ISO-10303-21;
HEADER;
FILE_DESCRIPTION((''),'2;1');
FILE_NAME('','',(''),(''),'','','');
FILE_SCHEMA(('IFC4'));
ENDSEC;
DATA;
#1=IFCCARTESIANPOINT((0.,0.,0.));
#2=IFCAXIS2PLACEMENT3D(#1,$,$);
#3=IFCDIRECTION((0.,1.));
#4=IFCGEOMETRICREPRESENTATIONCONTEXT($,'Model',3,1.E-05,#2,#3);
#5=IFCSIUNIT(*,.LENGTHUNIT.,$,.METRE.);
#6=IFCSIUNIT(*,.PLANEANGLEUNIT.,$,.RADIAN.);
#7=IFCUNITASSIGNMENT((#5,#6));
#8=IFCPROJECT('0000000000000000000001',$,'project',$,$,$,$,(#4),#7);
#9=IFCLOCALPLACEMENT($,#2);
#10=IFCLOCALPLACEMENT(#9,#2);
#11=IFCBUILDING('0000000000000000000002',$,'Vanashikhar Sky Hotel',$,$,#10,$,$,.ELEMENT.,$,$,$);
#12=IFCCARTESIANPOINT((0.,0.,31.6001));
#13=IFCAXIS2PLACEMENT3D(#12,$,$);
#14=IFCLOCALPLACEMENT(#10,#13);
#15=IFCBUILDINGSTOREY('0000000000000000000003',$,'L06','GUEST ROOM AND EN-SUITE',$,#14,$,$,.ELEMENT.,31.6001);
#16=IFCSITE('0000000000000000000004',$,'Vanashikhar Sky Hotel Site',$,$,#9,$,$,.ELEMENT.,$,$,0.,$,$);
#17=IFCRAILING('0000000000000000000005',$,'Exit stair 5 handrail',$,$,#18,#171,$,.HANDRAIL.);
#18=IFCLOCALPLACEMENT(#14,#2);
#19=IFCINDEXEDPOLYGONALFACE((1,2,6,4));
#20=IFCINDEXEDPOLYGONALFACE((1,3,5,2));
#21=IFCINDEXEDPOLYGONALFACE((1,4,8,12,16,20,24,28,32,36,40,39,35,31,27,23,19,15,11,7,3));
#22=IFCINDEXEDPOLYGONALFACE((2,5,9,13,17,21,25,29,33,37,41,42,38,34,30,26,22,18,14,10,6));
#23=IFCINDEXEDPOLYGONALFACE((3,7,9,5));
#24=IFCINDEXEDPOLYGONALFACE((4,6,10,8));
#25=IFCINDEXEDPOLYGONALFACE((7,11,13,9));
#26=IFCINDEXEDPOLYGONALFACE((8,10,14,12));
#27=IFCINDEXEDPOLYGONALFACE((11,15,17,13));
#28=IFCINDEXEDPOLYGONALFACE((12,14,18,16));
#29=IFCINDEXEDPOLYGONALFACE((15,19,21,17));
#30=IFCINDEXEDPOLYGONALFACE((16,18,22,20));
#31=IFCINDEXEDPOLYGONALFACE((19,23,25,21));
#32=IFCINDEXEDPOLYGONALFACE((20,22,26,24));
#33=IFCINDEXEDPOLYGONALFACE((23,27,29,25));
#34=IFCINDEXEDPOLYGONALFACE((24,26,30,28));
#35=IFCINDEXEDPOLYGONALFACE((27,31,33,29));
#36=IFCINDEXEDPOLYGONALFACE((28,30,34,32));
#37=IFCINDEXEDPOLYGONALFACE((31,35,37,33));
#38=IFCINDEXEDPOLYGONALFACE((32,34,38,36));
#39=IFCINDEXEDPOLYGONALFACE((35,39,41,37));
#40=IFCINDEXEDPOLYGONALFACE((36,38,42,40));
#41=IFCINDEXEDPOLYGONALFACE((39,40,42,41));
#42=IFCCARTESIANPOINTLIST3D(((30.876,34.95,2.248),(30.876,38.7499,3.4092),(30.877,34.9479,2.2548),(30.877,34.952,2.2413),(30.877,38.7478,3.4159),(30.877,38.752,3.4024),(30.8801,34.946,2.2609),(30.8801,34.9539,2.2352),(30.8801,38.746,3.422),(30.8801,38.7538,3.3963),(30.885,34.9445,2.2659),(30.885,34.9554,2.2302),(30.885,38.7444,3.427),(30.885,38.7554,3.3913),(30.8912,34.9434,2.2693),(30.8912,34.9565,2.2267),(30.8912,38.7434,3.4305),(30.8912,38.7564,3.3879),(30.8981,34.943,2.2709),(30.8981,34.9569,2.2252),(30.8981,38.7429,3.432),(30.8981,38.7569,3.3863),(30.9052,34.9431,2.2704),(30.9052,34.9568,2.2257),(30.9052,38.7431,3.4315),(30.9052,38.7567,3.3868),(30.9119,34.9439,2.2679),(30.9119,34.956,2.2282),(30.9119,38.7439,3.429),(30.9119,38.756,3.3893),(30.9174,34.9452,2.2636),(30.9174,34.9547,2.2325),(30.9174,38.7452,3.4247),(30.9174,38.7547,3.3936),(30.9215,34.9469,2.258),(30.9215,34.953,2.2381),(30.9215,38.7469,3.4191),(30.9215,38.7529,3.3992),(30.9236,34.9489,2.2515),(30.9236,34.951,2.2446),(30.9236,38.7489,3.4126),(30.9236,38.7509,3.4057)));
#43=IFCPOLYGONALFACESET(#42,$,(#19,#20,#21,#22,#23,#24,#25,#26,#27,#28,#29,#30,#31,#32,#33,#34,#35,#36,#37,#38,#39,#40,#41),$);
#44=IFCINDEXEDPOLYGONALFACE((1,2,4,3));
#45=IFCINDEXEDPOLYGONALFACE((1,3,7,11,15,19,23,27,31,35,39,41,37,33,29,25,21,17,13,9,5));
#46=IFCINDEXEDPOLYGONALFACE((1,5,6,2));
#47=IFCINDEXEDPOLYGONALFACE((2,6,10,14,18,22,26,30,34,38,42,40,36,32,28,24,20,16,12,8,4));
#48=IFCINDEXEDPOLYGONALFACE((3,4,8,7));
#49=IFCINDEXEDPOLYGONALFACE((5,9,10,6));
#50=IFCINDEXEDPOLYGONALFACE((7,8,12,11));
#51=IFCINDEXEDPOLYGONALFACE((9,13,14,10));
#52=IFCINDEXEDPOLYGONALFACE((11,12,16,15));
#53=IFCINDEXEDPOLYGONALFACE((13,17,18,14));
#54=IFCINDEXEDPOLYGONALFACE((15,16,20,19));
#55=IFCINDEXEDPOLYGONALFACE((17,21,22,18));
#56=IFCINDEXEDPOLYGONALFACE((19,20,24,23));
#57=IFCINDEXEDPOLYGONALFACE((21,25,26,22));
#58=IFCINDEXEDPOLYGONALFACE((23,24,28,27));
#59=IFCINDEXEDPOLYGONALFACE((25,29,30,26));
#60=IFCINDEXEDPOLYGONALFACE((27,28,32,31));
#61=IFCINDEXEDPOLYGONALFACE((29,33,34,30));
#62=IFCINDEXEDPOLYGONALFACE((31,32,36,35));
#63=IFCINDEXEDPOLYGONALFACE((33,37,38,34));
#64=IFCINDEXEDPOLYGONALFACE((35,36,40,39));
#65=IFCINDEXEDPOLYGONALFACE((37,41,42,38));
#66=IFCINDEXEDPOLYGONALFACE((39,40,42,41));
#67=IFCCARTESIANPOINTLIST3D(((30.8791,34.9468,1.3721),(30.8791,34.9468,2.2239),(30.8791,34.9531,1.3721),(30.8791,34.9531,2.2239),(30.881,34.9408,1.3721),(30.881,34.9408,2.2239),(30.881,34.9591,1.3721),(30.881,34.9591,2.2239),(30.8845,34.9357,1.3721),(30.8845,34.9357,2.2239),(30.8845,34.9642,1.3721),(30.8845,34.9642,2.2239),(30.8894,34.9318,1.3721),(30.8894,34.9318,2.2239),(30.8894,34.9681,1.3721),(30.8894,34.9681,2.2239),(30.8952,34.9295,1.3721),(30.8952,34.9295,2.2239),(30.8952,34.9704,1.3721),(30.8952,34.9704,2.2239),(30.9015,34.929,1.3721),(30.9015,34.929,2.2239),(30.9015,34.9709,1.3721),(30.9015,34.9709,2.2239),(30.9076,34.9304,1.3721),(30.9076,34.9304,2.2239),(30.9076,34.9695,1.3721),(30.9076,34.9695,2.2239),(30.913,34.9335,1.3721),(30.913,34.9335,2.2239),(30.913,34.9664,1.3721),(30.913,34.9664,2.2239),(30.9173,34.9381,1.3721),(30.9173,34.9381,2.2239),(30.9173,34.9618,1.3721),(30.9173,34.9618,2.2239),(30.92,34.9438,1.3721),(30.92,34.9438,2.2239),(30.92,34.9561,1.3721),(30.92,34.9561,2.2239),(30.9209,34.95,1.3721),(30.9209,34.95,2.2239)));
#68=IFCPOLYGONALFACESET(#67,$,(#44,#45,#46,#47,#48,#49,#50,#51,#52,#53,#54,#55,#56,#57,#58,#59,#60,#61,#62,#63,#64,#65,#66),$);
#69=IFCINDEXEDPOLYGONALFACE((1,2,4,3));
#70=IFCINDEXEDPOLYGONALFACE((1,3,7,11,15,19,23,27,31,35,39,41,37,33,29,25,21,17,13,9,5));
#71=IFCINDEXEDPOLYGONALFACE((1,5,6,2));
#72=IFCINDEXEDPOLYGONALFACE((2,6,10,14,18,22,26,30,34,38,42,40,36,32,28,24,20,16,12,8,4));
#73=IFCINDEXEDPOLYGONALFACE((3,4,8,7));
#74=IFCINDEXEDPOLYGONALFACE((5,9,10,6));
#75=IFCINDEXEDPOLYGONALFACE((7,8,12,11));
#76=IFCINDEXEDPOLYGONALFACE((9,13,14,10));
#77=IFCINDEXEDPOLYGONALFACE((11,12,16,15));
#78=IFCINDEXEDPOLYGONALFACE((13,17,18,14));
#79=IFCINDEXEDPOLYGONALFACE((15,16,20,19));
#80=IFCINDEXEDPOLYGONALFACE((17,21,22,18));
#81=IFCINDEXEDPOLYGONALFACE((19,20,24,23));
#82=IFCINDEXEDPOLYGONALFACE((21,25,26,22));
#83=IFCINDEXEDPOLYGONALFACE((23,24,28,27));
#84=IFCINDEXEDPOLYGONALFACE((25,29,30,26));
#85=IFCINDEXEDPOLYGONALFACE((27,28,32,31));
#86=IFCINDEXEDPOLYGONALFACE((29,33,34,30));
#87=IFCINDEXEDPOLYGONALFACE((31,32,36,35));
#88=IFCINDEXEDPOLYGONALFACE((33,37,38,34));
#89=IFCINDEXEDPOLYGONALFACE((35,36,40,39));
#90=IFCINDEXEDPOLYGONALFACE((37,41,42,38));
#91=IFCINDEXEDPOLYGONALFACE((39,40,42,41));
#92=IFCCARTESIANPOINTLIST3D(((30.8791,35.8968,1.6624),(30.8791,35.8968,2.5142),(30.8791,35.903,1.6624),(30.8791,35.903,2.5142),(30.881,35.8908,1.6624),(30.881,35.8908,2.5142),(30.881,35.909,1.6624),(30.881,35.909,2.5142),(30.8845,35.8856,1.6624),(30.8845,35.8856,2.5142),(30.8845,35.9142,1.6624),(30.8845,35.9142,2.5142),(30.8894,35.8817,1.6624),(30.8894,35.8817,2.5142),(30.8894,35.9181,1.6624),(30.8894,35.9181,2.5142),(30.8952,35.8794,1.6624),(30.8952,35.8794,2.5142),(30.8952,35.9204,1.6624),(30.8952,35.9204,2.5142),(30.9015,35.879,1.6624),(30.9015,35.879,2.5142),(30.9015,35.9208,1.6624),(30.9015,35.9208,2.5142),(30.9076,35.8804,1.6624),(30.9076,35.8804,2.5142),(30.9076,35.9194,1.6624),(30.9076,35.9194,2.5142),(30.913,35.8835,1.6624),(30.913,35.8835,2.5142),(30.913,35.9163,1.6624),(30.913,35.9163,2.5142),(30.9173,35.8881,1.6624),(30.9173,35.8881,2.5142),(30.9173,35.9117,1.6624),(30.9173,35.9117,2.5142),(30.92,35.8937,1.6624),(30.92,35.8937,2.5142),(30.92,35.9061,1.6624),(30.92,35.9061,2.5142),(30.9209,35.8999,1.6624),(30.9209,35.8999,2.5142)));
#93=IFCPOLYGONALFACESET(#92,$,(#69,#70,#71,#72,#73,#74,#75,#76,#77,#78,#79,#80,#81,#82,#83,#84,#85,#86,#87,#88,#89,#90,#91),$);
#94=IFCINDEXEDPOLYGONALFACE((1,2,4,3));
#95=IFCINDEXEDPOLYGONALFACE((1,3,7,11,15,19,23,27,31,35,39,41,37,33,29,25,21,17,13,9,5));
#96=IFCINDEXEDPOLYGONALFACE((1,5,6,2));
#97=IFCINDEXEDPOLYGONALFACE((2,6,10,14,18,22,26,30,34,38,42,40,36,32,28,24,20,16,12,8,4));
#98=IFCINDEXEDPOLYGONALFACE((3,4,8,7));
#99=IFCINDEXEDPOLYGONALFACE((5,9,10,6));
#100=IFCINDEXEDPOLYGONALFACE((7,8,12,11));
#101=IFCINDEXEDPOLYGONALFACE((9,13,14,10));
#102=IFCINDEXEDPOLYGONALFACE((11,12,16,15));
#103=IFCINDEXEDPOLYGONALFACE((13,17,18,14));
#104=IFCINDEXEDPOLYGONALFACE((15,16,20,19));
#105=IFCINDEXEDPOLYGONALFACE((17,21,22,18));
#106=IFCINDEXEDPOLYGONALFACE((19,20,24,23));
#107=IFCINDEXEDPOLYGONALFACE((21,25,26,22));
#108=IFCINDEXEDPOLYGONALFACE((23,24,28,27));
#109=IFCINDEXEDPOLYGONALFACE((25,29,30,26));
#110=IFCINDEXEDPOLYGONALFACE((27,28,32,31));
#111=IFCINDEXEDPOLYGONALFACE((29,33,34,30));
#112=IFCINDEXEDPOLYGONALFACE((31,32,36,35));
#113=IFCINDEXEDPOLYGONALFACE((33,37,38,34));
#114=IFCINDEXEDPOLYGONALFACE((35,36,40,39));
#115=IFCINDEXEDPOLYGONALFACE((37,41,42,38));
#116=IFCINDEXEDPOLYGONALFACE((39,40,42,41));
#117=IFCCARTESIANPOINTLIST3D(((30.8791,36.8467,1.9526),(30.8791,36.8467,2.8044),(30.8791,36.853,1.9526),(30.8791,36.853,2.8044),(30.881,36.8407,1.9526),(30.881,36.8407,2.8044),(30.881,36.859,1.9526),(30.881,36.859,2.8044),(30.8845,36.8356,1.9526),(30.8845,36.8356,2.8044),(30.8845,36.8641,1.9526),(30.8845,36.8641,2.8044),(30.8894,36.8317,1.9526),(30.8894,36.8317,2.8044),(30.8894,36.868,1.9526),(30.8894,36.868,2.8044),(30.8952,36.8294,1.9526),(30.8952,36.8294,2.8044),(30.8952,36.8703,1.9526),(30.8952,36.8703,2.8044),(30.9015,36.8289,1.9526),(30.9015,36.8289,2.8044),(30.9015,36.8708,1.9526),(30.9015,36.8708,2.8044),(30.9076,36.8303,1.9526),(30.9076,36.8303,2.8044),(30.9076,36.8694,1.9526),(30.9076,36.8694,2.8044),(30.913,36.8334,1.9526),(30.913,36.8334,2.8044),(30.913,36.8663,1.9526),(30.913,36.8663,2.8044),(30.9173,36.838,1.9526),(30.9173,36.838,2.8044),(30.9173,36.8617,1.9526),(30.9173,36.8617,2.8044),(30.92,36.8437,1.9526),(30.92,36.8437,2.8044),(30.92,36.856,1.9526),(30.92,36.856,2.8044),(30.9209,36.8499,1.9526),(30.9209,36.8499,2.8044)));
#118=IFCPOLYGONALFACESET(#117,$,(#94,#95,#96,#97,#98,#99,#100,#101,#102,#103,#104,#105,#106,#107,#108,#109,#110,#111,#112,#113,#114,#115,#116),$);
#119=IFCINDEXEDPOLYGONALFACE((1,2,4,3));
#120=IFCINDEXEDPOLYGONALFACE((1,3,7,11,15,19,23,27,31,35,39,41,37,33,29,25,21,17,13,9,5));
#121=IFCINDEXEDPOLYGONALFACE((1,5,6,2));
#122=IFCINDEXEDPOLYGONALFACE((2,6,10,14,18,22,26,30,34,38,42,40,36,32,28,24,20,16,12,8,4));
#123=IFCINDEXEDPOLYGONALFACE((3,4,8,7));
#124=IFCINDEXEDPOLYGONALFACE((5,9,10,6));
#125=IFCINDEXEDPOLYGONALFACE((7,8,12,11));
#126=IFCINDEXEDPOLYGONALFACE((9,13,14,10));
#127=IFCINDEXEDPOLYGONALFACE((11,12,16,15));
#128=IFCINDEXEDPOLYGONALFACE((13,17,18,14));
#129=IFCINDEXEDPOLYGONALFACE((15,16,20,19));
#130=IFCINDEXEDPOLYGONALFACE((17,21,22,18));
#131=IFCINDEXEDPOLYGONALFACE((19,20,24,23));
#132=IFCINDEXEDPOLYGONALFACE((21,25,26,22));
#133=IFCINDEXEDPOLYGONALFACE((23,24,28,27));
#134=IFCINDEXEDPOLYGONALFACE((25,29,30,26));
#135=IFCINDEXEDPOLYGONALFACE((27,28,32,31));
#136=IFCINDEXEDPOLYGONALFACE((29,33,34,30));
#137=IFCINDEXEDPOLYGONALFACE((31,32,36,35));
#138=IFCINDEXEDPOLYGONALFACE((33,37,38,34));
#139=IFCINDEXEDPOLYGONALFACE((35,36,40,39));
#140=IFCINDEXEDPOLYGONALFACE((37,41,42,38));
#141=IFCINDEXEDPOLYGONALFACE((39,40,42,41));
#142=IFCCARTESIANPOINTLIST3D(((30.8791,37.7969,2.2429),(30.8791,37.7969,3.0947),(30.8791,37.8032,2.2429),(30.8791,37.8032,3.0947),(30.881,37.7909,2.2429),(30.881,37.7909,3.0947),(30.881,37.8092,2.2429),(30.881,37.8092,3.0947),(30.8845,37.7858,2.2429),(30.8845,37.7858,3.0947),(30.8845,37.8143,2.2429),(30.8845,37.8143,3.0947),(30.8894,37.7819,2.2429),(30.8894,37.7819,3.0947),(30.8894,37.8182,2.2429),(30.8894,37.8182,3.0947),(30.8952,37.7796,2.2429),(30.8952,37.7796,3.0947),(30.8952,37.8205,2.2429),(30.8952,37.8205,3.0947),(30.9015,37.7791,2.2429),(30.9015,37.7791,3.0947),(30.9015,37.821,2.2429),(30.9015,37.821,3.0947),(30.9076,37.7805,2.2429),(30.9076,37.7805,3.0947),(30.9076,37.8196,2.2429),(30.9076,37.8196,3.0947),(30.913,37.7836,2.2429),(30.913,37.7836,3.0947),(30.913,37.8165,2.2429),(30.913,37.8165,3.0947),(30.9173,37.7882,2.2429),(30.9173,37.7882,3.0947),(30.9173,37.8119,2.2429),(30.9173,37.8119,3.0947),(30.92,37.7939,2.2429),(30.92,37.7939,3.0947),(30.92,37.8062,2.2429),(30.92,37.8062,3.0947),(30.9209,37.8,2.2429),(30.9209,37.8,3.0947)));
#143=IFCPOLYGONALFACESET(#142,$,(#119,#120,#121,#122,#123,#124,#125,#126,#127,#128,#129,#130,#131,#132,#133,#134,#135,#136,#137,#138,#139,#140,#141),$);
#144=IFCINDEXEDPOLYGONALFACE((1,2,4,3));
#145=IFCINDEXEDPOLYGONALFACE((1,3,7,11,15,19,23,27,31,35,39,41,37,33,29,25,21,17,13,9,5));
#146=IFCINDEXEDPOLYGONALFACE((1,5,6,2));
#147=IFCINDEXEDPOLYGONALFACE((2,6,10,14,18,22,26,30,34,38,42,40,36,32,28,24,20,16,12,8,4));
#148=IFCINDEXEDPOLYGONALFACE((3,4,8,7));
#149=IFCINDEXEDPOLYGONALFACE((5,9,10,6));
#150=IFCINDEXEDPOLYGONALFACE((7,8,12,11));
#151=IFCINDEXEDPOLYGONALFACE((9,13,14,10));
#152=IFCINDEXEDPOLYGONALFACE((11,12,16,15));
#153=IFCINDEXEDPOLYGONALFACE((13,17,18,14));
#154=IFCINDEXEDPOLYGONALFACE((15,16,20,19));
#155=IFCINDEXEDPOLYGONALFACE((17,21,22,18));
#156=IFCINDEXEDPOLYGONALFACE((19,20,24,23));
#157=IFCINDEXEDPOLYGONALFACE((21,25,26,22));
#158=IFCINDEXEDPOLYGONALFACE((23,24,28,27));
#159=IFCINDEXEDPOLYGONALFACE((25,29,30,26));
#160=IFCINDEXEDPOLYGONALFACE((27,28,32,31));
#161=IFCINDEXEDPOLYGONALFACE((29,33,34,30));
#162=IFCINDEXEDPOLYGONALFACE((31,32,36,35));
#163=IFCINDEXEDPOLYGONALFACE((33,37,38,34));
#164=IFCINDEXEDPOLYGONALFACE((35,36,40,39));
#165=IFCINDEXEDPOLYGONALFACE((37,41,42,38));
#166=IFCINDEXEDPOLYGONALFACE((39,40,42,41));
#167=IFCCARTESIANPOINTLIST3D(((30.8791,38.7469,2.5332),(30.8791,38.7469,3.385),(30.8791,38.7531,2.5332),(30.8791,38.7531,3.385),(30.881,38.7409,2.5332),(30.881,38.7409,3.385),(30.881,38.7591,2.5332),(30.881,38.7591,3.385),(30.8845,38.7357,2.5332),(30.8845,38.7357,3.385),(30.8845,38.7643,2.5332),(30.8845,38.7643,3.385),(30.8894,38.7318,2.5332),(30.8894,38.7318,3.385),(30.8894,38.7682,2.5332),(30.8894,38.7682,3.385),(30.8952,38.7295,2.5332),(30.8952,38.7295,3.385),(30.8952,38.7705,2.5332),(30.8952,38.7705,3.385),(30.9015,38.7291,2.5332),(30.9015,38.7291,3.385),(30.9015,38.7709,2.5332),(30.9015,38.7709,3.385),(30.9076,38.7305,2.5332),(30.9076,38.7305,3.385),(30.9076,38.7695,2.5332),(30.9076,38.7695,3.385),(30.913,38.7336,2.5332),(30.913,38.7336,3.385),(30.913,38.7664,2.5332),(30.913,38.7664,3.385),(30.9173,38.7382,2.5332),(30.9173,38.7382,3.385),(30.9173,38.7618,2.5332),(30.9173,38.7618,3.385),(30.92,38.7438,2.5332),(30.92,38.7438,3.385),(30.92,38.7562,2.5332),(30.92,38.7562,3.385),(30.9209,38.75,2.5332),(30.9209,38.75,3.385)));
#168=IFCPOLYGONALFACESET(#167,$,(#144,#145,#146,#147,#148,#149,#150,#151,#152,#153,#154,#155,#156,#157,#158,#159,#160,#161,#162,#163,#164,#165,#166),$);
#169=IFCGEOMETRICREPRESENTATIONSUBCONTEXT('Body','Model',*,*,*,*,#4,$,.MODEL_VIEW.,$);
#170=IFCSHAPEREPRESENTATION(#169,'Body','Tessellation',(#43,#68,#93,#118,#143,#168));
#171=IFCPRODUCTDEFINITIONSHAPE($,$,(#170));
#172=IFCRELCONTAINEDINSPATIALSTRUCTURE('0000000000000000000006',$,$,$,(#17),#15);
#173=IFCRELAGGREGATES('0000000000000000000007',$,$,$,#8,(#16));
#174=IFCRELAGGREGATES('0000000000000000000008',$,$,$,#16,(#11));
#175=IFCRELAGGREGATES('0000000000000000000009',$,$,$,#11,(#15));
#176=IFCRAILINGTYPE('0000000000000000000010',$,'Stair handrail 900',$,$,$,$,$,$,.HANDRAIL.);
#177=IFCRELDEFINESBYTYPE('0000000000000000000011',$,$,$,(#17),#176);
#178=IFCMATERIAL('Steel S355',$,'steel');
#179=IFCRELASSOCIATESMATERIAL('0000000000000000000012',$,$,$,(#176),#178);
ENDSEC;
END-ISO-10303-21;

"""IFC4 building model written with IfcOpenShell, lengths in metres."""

from ifc_helpers import new_model, si_unit, direction, frame, origin, origin_2d, place, context, subcontext, project, spatial, circle, extrude, source, transform, mapped, material, type_object, element, save


model = new_model("IFC4")

# Units and contexts
model_context = context("Model", 3, precision=1e-05, world=origin(), true_north=direction((0.0, 1.0)))
body_context = subcontext(model_context, "Body", "Model", "MODEL_VIEW")
ifc_project = project(units=[si_unit("LENGTHUNIT", "METRE"), si_unit("PLANEANGLEUNIT", "RADIAN")], contexts=[model_context])

# Site, building, storey
site_placement = place(None, origin())
site = spatial("IfcSite", under=ifc_project, at=site_placement, Name="Vanashikhar Sky Hotel Site", CompositionType="ELEMENT", RefElevation=0.0)
building_placement = place(site_placement, origin())
building = spatial("IfcBuilding", under=site, at=building_placement, Name="Vanashikhar Sky Hotel", CompositionType="ELEMENT")
storey_placement = place(building_placement, frame((0.0, 0.0, 31.6001)))
storey = spatial("IfcBuildingStorey", under=building, at=storey_placement, Name="L06", Description="GUEST ROOM AND EN-SUITE", CompositionType="ELEMENT", Elevation=31.6001)

# Railing
ifc_material_1 = material(Name="Steel S355", Category="steel")
railing_type_1 = type_object("IfcRailingType", Name="Stair handrail 900", PredefinedType="HANDRAIL", material=ifc_material_1)
shared_shape_1 = source(origin(), body_context, "Body", "SweptSolid", [
    extrude(circle(Radius=0.0239, at=origin_2d()), frame((0.0, 0.0, 0.876), z_axis=(0.0, 0.956351, 0.29222), x_axis=(-1.0, 0.0, 0.0)), (0.0, 0.0, 1.0), 3.9734),
    extrude(circle(Radius=0.021, at=origin_2d()), origin(), (0.0, 0.0, 1.0), 0.8518),
    extrude(circle(Radius=0.021, at=origin_2d()), frame((0.0, 0.95, 0.2903)), (0.0, 0.0, 1.0), 0.8518),
    extrude(circle(Radius=0.021, at=origin_2d()), frame((0.0, 1.8999, 0.5806)), (0.0, 0.0, 1.0), 0.8518),
    extrude(circle(Radius=0.021, at=origin_2d()), frame((0.0, 2.8501, 0.8708)), (0.0, 0.0, 1.0), 0.8518),
    extrude(circle(Radius=0.021, at=origin_2d()), frame((0.0, 3.8, 1.1611)), (0.0, 0.0, 1.0), 0.8518),
])
railing_1_placement = place(storey_placement, frame((30.8999, 34.95, 1.3721)))
element("IfcRailing", 1, at=railing_1_placement, inside=storey, type_object=railing_type_1, Name="Exit stair 5 handrail", PredefinedType="HANDRAIL", context=body_context, shape_type="MappedRepresentation", body=[
    mapped(shared_shape_1, transform((0.0, 0.0, 0.0), scale=1.0)),
])

save(model, "model.ifc")
